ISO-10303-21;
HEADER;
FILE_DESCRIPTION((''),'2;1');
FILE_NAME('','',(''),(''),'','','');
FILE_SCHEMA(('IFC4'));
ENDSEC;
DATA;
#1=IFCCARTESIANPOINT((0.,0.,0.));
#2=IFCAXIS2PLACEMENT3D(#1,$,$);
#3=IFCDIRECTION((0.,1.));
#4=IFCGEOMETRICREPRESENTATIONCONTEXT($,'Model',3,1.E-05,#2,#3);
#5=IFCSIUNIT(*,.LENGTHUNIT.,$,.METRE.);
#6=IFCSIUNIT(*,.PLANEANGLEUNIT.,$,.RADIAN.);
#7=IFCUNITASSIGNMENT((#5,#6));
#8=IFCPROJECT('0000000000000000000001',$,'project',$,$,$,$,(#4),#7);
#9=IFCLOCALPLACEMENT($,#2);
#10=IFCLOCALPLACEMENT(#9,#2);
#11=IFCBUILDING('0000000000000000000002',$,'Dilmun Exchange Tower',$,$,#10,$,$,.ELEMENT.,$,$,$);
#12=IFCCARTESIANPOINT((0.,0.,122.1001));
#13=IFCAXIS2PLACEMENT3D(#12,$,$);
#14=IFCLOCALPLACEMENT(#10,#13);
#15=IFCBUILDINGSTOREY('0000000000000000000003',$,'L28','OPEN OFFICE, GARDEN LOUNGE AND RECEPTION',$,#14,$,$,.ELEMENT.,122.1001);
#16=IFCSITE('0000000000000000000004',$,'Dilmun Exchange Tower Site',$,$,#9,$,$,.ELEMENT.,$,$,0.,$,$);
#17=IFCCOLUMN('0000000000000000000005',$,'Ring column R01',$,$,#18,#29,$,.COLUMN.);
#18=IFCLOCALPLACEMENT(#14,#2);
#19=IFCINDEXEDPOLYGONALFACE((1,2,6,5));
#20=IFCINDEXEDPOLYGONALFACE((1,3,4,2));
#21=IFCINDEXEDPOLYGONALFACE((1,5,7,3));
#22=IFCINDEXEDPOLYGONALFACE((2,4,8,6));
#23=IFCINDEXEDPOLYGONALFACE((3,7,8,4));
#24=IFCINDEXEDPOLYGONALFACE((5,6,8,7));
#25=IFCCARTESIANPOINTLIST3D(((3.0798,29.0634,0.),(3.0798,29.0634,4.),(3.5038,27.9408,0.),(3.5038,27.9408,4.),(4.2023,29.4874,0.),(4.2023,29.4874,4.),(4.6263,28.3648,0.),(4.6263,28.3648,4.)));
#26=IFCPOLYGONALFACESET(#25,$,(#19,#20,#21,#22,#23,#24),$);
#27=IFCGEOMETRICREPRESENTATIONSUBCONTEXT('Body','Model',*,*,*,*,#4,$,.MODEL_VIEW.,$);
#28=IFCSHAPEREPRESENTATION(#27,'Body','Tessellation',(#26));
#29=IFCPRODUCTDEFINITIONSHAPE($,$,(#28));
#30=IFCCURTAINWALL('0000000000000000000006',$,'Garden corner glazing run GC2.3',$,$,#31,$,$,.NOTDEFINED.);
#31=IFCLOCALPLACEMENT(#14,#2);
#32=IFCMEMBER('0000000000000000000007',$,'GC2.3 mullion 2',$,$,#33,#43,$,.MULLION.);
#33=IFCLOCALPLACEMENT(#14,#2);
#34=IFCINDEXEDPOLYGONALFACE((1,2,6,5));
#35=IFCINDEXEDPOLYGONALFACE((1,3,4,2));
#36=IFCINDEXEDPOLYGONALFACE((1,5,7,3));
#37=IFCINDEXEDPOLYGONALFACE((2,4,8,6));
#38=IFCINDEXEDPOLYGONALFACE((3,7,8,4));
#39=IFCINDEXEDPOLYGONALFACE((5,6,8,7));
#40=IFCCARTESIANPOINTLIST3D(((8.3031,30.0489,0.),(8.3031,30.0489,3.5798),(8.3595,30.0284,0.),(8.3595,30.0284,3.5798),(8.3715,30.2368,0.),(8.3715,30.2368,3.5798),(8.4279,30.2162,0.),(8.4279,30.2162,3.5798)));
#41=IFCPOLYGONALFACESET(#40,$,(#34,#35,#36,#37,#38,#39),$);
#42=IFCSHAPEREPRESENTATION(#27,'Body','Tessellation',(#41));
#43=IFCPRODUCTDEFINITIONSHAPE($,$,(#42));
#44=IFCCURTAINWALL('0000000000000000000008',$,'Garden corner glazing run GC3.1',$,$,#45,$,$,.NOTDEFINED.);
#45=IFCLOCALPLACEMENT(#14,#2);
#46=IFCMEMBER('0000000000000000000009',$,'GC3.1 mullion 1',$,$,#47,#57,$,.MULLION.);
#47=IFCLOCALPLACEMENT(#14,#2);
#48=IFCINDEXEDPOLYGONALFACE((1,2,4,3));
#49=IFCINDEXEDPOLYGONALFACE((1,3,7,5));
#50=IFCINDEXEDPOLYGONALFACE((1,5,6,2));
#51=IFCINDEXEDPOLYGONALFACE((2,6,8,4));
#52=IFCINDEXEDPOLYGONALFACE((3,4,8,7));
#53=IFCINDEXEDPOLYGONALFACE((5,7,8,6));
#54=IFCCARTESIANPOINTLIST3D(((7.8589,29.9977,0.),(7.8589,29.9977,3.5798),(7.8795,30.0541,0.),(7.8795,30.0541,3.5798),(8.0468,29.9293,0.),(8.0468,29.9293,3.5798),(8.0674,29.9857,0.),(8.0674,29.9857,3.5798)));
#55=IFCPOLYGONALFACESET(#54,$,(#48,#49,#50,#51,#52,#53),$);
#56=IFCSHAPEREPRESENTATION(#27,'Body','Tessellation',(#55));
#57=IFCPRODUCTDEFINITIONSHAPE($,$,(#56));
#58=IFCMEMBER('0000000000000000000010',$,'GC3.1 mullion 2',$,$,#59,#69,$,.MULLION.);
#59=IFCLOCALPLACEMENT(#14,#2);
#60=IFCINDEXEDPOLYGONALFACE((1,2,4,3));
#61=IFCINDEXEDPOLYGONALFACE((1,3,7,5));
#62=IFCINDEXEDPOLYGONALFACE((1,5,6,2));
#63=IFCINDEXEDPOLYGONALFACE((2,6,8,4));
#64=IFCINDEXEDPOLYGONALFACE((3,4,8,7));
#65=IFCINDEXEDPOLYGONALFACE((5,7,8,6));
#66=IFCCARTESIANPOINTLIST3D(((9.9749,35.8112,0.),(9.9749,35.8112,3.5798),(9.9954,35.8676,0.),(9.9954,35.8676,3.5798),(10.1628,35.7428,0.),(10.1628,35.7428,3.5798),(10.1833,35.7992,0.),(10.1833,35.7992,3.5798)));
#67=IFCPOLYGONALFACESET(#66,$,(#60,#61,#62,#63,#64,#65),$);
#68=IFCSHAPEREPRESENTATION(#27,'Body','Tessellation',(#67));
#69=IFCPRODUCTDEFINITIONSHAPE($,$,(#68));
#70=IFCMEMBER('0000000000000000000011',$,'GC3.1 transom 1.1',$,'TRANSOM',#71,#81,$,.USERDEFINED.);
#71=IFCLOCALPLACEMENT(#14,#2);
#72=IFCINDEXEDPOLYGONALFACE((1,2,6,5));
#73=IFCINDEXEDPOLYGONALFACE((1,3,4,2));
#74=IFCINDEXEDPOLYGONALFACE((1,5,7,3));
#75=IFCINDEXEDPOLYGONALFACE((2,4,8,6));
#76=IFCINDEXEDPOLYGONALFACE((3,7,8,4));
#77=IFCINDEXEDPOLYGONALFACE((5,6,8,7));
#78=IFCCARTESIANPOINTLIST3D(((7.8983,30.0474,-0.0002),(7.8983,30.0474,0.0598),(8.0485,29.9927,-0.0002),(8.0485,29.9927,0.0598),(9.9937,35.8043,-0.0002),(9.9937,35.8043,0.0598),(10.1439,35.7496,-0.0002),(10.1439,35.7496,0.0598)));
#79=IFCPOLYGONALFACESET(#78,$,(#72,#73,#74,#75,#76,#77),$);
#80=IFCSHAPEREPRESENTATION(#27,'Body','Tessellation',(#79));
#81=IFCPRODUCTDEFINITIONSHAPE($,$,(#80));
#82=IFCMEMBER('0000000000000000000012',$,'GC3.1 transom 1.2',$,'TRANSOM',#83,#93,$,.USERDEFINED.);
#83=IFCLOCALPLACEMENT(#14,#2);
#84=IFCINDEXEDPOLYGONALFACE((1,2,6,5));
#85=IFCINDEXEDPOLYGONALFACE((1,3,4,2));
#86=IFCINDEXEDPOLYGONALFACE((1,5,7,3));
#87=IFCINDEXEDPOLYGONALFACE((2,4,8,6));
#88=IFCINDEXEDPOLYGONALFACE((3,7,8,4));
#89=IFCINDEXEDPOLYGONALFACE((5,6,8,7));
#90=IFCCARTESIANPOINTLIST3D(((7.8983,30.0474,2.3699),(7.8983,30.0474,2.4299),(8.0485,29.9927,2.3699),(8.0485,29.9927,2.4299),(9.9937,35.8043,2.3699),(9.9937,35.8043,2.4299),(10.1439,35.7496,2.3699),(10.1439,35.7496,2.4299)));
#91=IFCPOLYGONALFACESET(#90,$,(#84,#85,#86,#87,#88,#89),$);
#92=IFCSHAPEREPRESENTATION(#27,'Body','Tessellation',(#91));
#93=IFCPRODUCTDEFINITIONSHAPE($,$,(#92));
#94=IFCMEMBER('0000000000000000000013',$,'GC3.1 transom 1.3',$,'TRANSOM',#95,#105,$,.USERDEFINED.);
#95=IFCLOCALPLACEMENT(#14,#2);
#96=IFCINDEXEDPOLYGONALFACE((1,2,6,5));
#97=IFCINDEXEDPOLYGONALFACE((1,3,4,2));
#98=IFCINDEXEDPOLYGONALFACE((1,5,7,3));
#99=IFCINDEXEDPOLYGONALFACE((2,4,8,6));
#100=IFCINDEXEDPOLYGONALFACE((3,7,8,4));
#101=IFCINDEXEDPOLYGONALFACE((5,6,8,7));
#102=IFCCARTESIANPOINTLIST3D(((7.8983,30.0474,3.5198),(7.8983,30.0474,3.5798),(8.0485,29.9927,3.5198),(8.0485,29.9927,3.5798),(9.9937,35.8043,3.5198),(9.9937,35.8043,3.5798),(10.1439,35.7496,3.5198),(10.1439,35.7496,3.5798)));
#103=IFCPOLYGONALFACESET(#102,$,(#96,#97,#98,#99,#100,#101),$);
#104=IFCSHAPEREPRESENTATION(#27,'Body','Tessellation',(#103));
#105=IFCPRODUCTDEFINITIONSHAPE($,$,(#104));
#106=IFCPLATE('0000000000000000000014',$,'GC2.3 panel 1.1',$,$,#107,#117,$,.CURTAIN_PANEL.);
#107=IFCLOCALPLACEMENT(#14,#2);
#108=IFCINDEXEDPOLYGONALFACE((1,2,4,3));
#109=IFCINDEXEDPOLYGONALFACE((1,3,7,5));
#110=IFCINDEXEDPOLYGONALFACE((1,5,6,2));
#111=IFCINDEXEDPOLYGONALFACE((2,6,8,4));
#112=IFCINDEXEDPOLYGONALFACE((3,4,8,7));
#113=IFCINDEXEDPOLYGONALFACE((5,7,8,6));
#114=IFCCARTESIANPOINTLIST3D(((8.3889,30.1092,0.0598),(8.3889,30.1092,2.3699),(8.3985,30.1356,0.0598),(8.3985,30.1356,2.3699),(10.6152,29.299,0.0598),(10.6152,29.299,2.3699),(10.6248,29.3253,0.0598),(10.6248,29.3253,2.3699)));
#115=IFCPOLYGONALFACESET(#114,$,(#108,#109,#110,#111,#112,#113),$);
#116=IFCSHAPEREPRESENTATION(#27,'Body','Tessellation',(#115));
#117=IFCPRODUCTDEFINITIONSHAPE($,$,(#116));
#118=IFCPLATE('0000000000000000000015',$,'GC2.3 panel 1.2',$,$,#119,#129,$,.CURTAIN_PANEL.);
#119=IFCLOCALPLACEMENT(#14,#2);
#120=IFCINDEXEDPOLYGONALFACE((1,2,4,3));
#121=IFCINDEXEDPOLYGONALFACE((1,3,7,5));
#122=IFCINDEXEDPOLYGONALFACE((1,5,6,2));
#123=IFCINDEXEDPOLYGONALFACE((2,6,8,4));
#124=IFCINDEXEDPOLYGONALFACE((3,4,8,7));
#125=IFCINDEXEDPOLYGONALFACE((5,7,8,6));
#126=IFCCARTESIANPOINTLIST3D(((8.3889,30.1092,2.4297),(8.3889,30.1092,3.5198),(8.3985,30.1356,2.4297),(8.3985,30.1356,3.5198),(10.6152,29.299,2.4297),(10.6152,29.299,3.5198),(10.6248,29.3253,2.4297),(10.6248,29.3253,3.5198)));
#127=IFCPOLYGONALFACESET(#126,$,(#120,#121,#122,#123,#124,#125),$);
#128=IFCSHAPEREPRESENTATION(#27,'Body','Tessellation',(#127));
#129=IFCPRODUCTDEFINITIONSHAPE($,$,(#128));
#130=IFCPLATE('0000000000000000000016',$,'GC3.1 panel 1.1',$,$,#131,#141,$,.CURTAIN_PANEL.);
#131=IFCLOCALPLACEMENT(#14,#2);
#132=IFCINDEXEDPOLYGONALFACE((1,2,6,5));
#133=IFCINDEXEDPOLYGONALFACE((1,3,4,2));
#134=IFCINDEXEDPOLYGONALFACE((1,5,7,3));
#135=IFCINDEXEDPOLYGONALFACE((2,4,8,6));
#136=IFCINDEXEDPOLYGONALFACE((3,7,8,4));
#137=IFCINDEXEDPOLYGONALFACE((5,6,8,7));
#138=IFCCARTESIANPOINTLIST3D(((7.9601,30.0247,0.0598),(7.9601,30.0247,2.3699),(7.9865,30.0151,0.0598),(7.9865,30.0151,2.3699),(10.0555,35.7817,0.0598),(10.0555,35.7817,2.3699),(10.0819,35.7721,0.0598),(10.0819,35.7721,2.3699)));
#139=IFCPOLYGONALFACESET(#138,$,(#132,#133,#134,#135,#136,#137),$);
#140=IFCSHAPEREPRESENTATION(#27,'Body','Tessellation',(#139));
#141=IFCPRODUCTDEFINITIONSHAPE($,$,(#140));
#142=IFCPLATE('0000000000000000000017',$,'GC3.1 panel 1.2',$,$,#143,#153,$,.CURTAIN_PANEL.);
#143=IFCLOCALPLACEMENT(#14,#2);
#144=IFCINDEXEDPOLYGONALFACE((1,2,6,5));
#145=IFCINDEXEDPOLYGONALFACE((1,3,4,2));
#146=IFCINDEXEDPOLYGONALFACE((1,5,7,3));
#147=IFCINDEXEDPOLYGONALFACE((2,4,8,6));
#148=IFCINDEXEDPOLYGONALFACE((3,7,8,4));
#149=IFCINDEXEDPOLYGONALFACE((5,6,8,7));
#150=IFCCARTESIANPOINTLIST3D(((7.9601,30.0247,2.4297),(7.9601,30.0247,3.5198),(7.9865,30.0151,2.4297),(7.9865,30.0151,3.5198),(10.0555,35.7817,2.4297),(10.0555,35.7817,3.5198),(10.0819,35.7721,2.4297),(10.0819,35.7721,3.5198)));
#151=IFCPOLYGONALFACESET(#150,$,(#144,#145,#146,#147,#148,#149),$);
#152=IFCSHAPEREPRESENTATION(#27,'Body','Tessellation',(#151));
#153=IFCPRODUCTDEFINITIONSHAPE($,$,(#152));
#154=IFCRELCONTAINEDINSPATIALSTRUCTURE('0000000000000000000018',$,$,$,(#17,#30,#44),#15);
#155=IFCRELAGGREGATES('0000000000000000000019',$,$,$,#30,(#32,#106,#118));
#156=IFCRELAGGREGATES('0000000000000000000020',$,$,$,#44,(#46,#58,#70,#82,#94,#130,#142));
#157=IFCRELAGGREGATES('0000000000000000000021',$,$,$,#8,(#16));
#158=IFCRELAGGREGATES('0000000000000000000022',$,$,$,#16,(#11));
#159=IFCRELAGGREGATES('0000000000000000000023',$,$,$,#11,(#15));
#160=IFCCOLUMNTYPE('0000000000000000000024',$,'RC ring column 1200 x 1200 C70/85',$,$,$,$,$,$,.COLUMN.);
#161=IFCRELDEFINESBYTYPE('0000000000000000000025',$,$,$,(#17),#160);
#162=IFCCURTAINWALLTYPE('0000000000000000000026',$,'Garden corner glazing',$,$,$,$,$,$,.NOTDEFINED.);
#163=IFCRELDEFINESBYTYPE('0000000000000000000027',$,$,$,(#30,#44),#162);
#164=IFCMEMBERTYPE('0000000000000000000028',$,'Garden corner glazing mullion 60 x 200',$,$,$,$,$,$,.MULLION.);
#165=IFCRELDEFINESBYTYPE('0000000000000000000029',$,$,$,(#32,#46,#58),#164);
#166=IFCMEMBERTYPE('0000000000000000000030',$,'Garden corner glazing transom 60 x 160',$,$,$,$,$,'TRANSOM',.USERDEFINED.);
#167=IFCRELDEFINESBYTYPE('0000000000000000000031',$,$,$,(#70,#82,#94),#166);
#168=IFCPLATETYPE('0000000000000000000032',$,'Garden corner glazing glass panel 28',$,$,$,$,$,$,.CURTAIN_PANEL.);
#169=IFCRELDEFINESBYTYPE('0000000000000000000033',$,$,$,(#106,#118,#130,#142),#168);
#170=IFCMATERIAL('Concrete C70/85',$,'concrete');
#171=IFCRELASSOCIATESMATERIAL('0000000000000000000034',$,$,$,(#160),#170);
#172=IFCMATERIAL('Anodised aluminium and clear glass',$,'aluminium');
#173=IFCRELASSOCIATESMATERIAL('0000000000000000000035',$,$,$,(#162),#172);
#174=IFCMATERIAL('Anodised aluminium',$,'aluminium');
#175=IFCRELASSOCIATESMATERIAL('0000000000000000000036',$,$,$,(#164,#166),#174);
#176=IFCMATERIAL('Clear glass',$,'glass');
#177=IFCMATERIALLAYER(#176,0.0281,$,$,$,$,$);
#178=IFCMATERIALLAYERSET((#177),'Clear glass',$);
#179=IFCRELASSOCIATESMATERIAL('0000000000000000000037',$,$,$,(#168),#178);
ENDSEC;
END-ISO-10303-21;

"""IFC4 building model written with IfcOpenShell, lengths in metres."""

from ifc_helpers import new_model, si_unit, direction, frame, origin, origin_2d, place, context, subcontext, project, spatial, rectangle, extrude, material, layer, layer_set, material_profile, profile_set, type_object, element, aggregate, save


model = new_model("IFC4")

# Units and contexts
model_context = context("Model", 3, precision=1e-05, world=origin(), true_north=direction((0.0, 1.0)))
body_context = subcontext(model_context, "Body", "Model", "MODEL_VIEW")
ifc_project = project(units=[si_unit("LENGTHUNIT", "METRE"), si_unit("PLANEANGLEUNIT", "RADIAN")], contexts=[model_context])

# Site, building, storey
site_placement = place(None, origin())
site = spatial("IfcSite", under=ifc_project, at=site_placement, Name="Dilmun Exchange Tower Site", CompositionType="ELEMENT", RefElevation=0.0)
building_placement = place(site_placement, origin())
building = spatial("IfcBuilding", under=site, at=building_placement, Name="Dilmun Exchange Tower", CompositionType="ELEMENT")
storey_placement = place(building_placement, frame((0.0, 0.0, 122.1001)))
storey = spatial("IfcBuildingStorey", under=building, at=storey_placement, Name="L28", Description="OPEN OFFICE, GARDEN LOUNGE AND RECEPTION", CompositionType="ELEMENT", Elevation=122.1001)

# Column
ifc_material_1 = material(Name="Concrete C70/85", Category="concrete")
ifc_material_profile_1 = material_profile(ifc_material_1, rectangle(XDim=1.2, YDim=1.2, at=origin_2d()), Name="1200 x 1200")
ifc_profile_set_1 = profile_set([ifc_material_profile_1], Name="Concrete C70/85")
column_type = type_object("IfcColumnType", Name="RC ring column 1200 x 1200 C70/85", PredefinedType="COLUMN", material=ifc_profile_set_1)
column_placement = place(storey_placement, frame((3.853, 28.7141, 0.0), z_axis=(0.0, 0.0, 1.0), x_axis=(0.935492, 0.353349, 0.0)))
element("IfcColumn", 1, at=column_placement, inside=storey, type_object=column_type, Name="Ring column R01", PredefinedType="COLUMN", context=body_context, shape_type="SweptSolid", body=[
    extrude(rectangle(XDim=1.2, YDim=1.2, at=origin_2d()), origin(), (0.0, 0.0, 1.0), 4.0),
])

# Curtain wall, member
ifc_material_2 = material(Name="Anodised aluminium and clear glass", Category="aluminium")
curtain_wall_type = type_object("IfcCurtainWallType", Name="Garden corner glazing", PredefinedType="NOTDEFINED", material=ifc_material_2)
curtain_wall_1_placement = place(storey_placement, origin())
curtain_wall_1 = element("IfcCurtainWall", 2, at=curtain_wall_1_placement, inside=storey, type_object=curtain_wall_type, Name="Garden corner glazing run GC2.3", PredefinedType="NOTDEFINED")
ifc_material_3 = material(Name="Anodised aluminium", Category="aluminium")
ifc_material_profile_2 = material_profile(ifc_material_3, rectangle(XDim=0.2, YDim=0.0601, at=origin_2d()), Name="AL 60x200")
ifc_profile_set_2 = profile_set([ifc_material_profile_2], Name="Anodised aluminium")
member_type_1 = type_object("IfcMemberType", Name="Garden corner glazing mullion 60 x 200", PredefinedType="MULLION", material=ifc_profile_set_2)
member_1_placement = place(storey_placement, frame((8.3655, 30.1326, 0.0), z_axis=(0.0, 0.0, 1.0), x_axis=(-0.342011, -0.939696, 0.0)))
member_1 = element("IfcMember", 3, at=member_1_placement, type_object=member_type_1, Name="GC2.3 mullion 2", PredefinedType="MULLION", context=body_context, shape_type="SweptSolid", body=[
    extrude(rectangle(XDim=0.2, YDim=0.0601, at=origin_2d()), origin(), (0.0, 0.0, 1.0), 3.5798),
])

# Curtain wall, members
curtain_wall_2_placement = place(storey_placement, origin())
curtain_wall_2 = element("IfcCurtainWall", 4, at=curtain_wall_2_placement, inside=storey, type_object=curtain_wall_type, Name="Garden corner glazing run GC3.1", PredefinedType="NOTDEFINED")
member_2_placement = place(storey_placement, frame((7.9631, 29.9917, 0.0), z_axis=(0.0, 0.0, 1.0), x_axis=(-0.939694, 0.342016, 0.0)))
member_2 = element("IfcMember", 5, at=member_2_placement, type_object=member_type_1, Name="GC3.1 mullion 1", PredefinedType="MULLION", context=body_context, shape_type="SweptSolid", body=[
    extrude(rectangle(XDim=0.2, YDim=0.0601, at=origin_2d()), origin(), (0.0, 0.0, 1.0), 3.5798),
])
member_3_placement = place(storey_placement, frame((10.0791, 35.8052, 0.0), z_axis=(0.0, 0.0, 1.0), x_axis=(-0.939694, 0.342016, 0.0)))
member_3 = element("IfcMember", 6, at=member_3_placement, type_object=member_type_1, Name="GC3.1 mullion 2", PredefinedType="MULLION", context=body_context, shape_type="SweptSolid", body=[
    extrude(rectangle(XDim=0.2, YDim=0.0601, at=origin_2d()), origin(), (0.0, 0.0, 1.0), 3.5798),
])
ifc_material_profile_3 = material_profile(ifc_material_3, rectangle(XDim=0.1599, YDim=0.0601, at=origin_2d()), Name="AL 60x160")
ifc_profile_set_3 = profile_set([ifc_material_profile_3], Name="Anodised aluminium")
member_type_2 = type_object("IfcMemberType", Name="Garden corner glazing transom 60 x 160", ElementType="TRANSOM", PredefinedType="USERDEFINED", material=ifc_profile_set_3)
member_4_placement = place(storey_placement, frame((7.9734, 30.02, 0.0298), z_axis=(0.342028, 0.93969, 0.0), x_axis=(-0.93969, 0.342028, 0.0)))
member_4 = element("IfcMember", 7, at=member_4_placement, type_object=member_type_2, Name="GC3.1 transom 1.1", ObjectType="TRANSOM", PredefinedType="USERDEFINED", context=body_context, shape_type="SweptSolid", body=[
    extrude(rectangle(XDim=0.1599, YDim=0.0601, at=origin_2d()), origin(), (0.0, 0.0, 1.0), 6.1265),
])
member_5_placement = place(storey_placement, frame((7.9734, 30.02, 2.3999), z_axis=(0.342028, 0.93969, 0.0), x_axis=(-0.93969, 0.342028, 0.0)))
member_5 = element("IfcMember", 8, at=member_5_placement, type_object=member_type_2, Name="GC3.1 transom 1.2", ObjectType="TRANSOM", PredefinedType="USERDEFINED", context=body_context, shape_type="SweptSolid", body=[
    extrude(rectangle(XDim=0.1599, YDim=0.0601, at=origin_2d()), origin(), (0.0, 0.0, 1.0), 6.1265),
])
member_6_placement = place(storey_placement, frame((7.9734, 30.02, 3.5498), z_axis=(0.342028, 0.93969, 0.0), x_axis=(-0.93969, 0.342028, 0.0)))
member_6 = element("IfcMember", 9, at=member_6_placement, type_object=member_type_2, Name="GC3.1 transom 1.3", ObjectType="TRANSOM", PredefinedType="USERDEFINED", context=body_context, shape_type="SweptSolid", body=[
    extrude(rectangle(XDim=0.1599, YDim=0.0601, at=origin_2d()), origin(), (0.0, 0.0, 1.0), 6.1265),
])

# Plates
ifc_material_4 = material(Name="Clear glass", Category="glass")
ifc_layer_1 = layer(ifc_material_4, 0.0281)
ifc_layer_set_1 = layer_set([ifc_layer_1], Name="Clear glass")
plate_type = type_object("IfcPlateType", Name="Garden corner glazing glass panel 28", PredefinedType="CURTAIN_PANEL", material=ifc_layer_set_1)
plate_1_placement = place(storey_placement, frame((9.5068, 29.7173, 0.0598), z_axis=(0.0, 0.0, 1.0), x_axis=(-0.939696, 0.342011, 0.0)))
plate_1 = element("IfcPlate", 10, at=plate_1_placement, type_object=plate_type, Name="GC2.3 panel 1.1", PredefinedType="CURTAIN_PANEL", context=body_context, shape_type="SweptSolid", body=[
    extrude(rectangle(XDim=2.3691, YDim=0.0281, at=origin_2d()), origin(), (0.0, 0.0, 1.0), 2.3101),
])
plate_2_placement = place(storey_placement, frame((9.5068, 29.7173, 2.4297), z_axis=(0.0, 0.0, 1.0), x_axis=(-0.939696, 0.342011, 0.0)))
plate_2 = element("IfcPlate", 11, at=plate_2_placement, type_object=plate_type, Name="GC2.3 panel 1.2", PredefinedType="CURTAIN_PANEL", context=body_context, shape_type="SweptSolid", body=[
    extrude(rectangle(XDim=2.3691, YDim=0.0281, at=origin_2d()), origin(), (0.0, 0.0, 1.0), 1.0901),
])
aggregate(curtain_wall_1, [member_1, plate_1, plate_2])
plate_3_placement = place(storey_placement, frame((9.021, 32.8984, 0.0598), z_axis=(0.0, 0.0, 1.0), x_axis=(0.342016, 0.939694, 0.0)))
plate_3 = element("IfcPlate", 12, at=plate_3_placement, type_object=plate_type, Name="GC3.1 panel 1.1", PredefinedType="CURTAIN_PANEL", context=body_context, shape_type="SweptSolid", body=[
    extrude(rectangle(XDim=6.1265, YDim=0.0281, at=origin_2d()), origin(), (0.0, 0.0, 1.0), 2.3101),
])
plate_4_placement = place(storey_placement, frame((9.021, 32.8984, 2.4297), z_axis=(0.0, 0.0, 1.0), x_axis=(0.342016, 0.939694, 0.0)))
plate_4 = element("IfcPlate", 13, at=plate_4_placement, type_object=plate_type, Name="GC3.1 panel 1.2", PredefinedType="CURTAIN_PANEL", context=body_context, shape_type="SweptSolid", body=[
    extrude(rectangle(XDim=6.1265, YDim=0.0281, at=origin_2d()), origin(), (0.0, 0.0, 1.0), 1.0901),
])
aggregate(curtain_wall_2, [member_2, member_3, member_4, member_5, member_6, plate_3, plate_4])

save(model, "model.ifc")
